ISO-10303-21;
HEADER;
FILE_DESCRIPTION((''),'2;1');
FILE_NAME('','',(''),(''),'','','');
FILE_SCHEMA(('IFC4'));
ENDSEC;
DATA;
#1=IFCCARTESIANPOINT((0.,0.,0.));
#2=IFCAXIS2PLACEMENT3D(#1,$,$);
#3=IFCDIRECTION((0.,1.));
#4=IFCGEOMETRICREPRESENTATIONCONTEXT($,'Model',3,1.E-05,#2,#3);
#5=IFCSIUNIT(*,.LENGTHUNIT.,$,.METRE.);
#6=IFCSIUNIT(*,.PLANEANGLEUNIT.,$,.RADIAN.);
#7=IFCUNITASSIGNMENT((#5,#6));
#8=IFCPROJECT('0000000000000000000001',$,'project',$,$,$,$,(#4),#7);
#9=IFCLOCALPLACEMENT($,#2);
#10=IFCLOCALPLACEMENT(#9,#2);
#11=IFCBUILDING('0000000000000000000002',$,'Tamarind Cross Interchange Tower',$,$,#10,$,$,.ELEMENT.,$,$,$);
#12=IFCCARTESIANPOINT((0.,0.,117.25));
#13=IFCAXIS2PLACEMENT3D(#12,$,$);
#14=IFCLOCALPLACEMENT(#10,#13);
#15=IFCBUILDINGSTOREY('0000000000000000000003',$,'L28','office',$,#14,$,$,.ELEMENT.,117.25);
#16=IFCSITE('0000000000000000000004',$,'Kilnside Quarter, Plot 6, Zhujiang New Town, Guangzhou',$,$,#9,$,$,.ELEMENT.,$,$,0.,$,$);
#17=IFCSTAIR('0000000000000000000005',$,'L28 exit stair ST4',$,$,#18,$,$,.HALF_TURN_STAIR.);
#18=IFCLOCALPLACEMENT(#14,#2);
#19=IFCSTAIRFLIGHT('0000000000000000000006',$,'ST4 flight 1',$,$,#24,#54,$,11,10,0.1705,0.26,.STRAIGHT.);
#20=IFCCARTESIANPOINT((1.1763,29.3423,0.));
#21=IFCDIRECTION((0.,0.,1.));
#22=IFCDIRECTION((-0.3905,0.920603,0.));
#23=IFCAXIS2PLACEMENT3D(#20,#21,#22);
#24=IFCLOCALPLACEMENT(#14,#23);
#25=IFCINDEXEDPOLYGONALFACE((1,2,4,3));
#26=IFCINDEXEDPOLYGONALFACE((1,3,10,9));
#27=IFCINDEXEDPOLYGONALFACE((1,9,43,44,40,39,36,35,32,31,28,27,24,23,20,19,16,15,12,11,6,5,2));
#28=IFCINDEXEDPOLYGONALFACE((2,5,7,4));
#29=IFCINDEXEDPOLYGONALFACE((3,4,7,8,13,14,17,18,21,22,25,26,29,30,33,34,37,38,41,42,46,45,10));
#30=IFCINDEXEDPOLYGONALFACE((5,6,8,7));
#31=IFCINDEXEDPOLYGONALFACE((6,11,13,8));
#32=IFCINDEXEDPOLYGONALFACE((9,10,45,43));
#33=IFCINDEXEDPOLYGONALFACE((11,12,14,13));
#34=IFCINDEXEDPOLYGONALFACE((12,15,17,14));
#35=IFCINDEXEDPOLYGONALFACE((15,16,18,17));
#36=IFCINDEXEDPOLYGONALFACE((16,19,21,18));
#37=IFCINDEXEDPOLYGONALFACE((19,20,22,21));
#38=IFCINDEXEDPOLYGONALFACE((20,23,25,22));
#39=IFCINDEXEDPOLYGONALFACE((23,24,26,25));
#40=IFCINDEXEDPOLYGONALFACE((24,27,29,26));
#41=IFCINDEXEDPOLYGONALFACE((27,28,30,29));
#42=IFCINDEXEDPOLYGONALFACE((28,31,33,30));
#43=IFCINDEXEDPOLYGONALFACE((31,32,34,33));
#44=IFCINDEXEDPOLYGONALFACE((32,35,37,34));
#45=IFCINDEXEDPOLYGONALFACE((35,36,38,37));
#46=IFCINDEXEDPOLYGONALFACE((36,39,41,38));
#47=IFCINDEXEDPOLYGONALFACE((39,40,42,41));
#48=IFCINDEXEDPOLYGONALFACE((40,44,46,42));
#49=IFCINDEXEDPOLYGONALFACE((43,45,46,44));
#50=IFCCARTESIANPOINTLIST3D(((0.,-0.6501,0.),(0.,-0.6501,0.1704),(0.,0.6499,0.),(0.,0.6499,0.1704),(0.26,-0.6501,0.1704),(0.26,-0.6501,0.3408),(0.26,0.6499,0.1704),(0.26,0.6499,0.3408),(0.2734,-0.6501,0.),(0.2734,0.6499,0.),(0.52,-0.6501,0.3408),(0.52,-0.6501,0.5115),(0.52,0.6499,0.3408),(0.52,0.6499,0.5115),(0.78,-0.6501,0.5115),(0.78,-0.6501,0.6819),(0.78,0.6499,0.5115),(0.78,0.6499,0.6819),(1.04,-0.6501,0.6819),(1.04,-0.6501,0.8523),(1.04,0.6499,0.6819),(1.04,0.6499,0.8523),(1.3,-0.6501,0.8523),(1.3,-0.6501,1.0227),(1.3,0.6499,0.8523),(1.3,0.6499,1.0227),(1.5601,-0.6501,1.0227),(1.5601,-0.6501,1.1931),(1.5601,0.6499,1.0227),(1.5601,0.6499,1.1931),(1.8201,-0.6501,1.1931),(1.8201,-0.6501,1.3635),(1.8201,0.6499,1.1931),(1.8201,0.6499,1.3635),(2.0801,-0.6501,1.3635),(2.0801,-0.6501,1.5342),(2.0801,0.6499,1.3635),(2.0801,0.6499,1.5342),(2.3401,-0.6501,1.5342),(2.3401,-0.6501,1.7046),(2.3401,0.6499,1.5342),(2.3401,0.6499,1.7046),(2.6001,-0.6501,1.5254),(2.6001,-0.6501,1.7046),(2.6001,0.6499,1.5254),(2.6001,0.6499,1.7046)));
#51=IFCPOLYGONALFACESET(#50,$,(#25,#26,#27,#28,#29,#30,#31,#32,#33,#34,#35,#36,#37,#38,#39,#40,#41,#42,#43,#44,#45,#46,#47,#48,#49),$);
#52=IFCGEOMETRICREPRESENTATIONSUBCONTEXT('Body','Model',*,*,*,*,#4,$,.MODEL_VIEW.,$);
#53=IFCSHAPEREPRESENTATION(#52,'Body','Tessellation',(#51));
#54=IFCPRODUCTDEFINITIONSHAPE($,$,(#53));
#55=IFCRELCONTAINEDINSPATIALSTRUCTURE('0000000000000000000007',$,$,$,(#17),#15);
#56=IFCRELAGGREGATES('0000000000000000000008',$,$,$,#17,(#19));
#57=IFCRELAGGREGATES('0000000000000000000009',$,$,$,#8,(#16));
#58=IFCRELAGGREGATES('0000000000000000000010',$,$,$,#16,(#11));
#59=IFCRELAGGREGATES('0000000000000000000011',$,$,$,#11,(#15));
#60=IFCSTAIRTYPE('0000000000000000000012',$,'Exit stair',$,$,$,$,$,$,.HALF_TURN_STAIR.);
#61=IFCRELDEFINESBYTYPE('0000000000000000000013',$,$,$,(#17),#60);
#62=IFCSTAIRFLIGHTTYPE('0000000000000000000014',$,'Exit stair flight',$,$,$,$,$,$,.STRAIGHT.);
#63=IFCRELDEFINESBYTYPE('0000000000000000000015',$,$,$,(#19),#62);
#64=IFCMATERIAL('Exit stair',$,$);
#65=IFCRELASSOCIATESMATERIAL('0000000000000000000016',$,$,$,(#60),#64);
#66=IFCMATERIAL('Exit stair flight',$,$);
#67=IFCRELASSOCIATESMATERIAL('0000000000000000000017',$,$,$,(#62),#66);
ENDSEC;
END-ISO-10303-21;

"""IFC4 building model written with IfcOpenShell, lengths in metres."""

from ifc_helpers import new_model, si_unit, direction, frame, origin, place, context, subcontext, project, spatial, polyline, outline, extrude, material, type_object, element, aggregate, save


model = new_model("IFC4")

# Units and contexts
model_context = context("Model", 3, precision=1e-05, world=origin(), true_north=direction((0.0, 1.0)))
body_context = subcontext(model_context, "Body", "Model", "MODEL_VIEW")
ifc_project = project(units=[si_unit("LENGTHUNIT", "METRE"), si_unit("PLANEANGLEUNIT", "RADIAN")], contexts=[model_context])

# Site, building, storey
site_placement = place(None, origin())
site = spatial("IfcSite", under=ifc_project, at=site_placement, Name="Kilnside Quarter, Plot 6, Zhujiang New Town, Guangzhou", CompositionType="ELEMENT", RefElevation=0.0)
building_placement = place(site_placement, origin())
building = spatial("IfcBuilding", under=site, at=building_placement, Name="Tamarind Cross Interchange Tower", CompositionType="ELEMENT")
storey_placement = place(building_placement, frame((0.0, 0.0, 117.25)))
storey = spatial("IfcBuildingStorey", under=building, at=storey_placement, Name="L28", Description="office", CompositionType="ELEMENT", Elevation=117.25)

# Stair
ifc_material_1 = material(Name="Exit stair")
stair_type = type_object("IfcStairType", Name="Exit stair", PredefinedType="HALF_TURN_STAIR", material=ifc_material_1)
stair_1_placement = place(storey_placement, origin())
stair_1 = element("IfcStair", 1, at=stair_1_placement, inside=storey, type_object=stair_type, Name="L28 exit stair ST4", PredefinedType="HALF_TURN_STAIR")

# Stair flight
ifc_material_2 = material(Name="Exit stair flight")
stair_flight_type = type_object("IfcStairFlightType", Name="Exit stair flight", PredefinedType="STRAIGHT", material=ifc_material_2)
stair_flight_placement = place(storey_placement, frame((1.1763, 29.3423, 0.0), z_axis=(0.0, 0.0, 1.0), x_axis=(-0.3905, 0.920603, 0.0)))
stair_flight = element("IfcStairFlight", 2, at=stair_flight_placement, type_object=stair_flight_type, Name="ST4 flight 1", NumberOfRisers=11, NumberOfTreads=10, PredefinedType="STRAIGHT", RiserHeight=0.1705, TreadLength=0.26, context=body_context, shape_type="SweptSolid", body=[
    extrude(outline(polyline([(0.0, 0.0), (0.0, 0.1704), (0.26, 0.1704), (0.26, 0.3408), (0.52, 0.3408), (0.52, 0.5115), (0.78, 0.5115), (0.78, 0.6819), (1.04, 0.6819), (1.04, 0.8523), (1.3, 0.8523), (1.3, 1.0227), (1.5601, 1.0227), (1.5601, 1.1931), (1.8201, 1.1931), (1.8201, 1.3635), (2.0801, 1.3635), (2.0801, 1.5342), (2.3401, 1.5342), (2.3401, 1.7046), (2.6001, 1.7046), (2.6001, 1.875), (2.6001, 1.5254), (0.2734, 0.0), (0.0, 0.0)])), frame((0.0, 0.6499, 0.0), z_axis=(0.0, -1.0, 0.0), x_axis=(1.0, 0.0, 0.0)), (0.0, 0.0, 1.0), 1.3),
])
aggregate(stair_1, [stair_flight])

save(model, "model.ifc")
